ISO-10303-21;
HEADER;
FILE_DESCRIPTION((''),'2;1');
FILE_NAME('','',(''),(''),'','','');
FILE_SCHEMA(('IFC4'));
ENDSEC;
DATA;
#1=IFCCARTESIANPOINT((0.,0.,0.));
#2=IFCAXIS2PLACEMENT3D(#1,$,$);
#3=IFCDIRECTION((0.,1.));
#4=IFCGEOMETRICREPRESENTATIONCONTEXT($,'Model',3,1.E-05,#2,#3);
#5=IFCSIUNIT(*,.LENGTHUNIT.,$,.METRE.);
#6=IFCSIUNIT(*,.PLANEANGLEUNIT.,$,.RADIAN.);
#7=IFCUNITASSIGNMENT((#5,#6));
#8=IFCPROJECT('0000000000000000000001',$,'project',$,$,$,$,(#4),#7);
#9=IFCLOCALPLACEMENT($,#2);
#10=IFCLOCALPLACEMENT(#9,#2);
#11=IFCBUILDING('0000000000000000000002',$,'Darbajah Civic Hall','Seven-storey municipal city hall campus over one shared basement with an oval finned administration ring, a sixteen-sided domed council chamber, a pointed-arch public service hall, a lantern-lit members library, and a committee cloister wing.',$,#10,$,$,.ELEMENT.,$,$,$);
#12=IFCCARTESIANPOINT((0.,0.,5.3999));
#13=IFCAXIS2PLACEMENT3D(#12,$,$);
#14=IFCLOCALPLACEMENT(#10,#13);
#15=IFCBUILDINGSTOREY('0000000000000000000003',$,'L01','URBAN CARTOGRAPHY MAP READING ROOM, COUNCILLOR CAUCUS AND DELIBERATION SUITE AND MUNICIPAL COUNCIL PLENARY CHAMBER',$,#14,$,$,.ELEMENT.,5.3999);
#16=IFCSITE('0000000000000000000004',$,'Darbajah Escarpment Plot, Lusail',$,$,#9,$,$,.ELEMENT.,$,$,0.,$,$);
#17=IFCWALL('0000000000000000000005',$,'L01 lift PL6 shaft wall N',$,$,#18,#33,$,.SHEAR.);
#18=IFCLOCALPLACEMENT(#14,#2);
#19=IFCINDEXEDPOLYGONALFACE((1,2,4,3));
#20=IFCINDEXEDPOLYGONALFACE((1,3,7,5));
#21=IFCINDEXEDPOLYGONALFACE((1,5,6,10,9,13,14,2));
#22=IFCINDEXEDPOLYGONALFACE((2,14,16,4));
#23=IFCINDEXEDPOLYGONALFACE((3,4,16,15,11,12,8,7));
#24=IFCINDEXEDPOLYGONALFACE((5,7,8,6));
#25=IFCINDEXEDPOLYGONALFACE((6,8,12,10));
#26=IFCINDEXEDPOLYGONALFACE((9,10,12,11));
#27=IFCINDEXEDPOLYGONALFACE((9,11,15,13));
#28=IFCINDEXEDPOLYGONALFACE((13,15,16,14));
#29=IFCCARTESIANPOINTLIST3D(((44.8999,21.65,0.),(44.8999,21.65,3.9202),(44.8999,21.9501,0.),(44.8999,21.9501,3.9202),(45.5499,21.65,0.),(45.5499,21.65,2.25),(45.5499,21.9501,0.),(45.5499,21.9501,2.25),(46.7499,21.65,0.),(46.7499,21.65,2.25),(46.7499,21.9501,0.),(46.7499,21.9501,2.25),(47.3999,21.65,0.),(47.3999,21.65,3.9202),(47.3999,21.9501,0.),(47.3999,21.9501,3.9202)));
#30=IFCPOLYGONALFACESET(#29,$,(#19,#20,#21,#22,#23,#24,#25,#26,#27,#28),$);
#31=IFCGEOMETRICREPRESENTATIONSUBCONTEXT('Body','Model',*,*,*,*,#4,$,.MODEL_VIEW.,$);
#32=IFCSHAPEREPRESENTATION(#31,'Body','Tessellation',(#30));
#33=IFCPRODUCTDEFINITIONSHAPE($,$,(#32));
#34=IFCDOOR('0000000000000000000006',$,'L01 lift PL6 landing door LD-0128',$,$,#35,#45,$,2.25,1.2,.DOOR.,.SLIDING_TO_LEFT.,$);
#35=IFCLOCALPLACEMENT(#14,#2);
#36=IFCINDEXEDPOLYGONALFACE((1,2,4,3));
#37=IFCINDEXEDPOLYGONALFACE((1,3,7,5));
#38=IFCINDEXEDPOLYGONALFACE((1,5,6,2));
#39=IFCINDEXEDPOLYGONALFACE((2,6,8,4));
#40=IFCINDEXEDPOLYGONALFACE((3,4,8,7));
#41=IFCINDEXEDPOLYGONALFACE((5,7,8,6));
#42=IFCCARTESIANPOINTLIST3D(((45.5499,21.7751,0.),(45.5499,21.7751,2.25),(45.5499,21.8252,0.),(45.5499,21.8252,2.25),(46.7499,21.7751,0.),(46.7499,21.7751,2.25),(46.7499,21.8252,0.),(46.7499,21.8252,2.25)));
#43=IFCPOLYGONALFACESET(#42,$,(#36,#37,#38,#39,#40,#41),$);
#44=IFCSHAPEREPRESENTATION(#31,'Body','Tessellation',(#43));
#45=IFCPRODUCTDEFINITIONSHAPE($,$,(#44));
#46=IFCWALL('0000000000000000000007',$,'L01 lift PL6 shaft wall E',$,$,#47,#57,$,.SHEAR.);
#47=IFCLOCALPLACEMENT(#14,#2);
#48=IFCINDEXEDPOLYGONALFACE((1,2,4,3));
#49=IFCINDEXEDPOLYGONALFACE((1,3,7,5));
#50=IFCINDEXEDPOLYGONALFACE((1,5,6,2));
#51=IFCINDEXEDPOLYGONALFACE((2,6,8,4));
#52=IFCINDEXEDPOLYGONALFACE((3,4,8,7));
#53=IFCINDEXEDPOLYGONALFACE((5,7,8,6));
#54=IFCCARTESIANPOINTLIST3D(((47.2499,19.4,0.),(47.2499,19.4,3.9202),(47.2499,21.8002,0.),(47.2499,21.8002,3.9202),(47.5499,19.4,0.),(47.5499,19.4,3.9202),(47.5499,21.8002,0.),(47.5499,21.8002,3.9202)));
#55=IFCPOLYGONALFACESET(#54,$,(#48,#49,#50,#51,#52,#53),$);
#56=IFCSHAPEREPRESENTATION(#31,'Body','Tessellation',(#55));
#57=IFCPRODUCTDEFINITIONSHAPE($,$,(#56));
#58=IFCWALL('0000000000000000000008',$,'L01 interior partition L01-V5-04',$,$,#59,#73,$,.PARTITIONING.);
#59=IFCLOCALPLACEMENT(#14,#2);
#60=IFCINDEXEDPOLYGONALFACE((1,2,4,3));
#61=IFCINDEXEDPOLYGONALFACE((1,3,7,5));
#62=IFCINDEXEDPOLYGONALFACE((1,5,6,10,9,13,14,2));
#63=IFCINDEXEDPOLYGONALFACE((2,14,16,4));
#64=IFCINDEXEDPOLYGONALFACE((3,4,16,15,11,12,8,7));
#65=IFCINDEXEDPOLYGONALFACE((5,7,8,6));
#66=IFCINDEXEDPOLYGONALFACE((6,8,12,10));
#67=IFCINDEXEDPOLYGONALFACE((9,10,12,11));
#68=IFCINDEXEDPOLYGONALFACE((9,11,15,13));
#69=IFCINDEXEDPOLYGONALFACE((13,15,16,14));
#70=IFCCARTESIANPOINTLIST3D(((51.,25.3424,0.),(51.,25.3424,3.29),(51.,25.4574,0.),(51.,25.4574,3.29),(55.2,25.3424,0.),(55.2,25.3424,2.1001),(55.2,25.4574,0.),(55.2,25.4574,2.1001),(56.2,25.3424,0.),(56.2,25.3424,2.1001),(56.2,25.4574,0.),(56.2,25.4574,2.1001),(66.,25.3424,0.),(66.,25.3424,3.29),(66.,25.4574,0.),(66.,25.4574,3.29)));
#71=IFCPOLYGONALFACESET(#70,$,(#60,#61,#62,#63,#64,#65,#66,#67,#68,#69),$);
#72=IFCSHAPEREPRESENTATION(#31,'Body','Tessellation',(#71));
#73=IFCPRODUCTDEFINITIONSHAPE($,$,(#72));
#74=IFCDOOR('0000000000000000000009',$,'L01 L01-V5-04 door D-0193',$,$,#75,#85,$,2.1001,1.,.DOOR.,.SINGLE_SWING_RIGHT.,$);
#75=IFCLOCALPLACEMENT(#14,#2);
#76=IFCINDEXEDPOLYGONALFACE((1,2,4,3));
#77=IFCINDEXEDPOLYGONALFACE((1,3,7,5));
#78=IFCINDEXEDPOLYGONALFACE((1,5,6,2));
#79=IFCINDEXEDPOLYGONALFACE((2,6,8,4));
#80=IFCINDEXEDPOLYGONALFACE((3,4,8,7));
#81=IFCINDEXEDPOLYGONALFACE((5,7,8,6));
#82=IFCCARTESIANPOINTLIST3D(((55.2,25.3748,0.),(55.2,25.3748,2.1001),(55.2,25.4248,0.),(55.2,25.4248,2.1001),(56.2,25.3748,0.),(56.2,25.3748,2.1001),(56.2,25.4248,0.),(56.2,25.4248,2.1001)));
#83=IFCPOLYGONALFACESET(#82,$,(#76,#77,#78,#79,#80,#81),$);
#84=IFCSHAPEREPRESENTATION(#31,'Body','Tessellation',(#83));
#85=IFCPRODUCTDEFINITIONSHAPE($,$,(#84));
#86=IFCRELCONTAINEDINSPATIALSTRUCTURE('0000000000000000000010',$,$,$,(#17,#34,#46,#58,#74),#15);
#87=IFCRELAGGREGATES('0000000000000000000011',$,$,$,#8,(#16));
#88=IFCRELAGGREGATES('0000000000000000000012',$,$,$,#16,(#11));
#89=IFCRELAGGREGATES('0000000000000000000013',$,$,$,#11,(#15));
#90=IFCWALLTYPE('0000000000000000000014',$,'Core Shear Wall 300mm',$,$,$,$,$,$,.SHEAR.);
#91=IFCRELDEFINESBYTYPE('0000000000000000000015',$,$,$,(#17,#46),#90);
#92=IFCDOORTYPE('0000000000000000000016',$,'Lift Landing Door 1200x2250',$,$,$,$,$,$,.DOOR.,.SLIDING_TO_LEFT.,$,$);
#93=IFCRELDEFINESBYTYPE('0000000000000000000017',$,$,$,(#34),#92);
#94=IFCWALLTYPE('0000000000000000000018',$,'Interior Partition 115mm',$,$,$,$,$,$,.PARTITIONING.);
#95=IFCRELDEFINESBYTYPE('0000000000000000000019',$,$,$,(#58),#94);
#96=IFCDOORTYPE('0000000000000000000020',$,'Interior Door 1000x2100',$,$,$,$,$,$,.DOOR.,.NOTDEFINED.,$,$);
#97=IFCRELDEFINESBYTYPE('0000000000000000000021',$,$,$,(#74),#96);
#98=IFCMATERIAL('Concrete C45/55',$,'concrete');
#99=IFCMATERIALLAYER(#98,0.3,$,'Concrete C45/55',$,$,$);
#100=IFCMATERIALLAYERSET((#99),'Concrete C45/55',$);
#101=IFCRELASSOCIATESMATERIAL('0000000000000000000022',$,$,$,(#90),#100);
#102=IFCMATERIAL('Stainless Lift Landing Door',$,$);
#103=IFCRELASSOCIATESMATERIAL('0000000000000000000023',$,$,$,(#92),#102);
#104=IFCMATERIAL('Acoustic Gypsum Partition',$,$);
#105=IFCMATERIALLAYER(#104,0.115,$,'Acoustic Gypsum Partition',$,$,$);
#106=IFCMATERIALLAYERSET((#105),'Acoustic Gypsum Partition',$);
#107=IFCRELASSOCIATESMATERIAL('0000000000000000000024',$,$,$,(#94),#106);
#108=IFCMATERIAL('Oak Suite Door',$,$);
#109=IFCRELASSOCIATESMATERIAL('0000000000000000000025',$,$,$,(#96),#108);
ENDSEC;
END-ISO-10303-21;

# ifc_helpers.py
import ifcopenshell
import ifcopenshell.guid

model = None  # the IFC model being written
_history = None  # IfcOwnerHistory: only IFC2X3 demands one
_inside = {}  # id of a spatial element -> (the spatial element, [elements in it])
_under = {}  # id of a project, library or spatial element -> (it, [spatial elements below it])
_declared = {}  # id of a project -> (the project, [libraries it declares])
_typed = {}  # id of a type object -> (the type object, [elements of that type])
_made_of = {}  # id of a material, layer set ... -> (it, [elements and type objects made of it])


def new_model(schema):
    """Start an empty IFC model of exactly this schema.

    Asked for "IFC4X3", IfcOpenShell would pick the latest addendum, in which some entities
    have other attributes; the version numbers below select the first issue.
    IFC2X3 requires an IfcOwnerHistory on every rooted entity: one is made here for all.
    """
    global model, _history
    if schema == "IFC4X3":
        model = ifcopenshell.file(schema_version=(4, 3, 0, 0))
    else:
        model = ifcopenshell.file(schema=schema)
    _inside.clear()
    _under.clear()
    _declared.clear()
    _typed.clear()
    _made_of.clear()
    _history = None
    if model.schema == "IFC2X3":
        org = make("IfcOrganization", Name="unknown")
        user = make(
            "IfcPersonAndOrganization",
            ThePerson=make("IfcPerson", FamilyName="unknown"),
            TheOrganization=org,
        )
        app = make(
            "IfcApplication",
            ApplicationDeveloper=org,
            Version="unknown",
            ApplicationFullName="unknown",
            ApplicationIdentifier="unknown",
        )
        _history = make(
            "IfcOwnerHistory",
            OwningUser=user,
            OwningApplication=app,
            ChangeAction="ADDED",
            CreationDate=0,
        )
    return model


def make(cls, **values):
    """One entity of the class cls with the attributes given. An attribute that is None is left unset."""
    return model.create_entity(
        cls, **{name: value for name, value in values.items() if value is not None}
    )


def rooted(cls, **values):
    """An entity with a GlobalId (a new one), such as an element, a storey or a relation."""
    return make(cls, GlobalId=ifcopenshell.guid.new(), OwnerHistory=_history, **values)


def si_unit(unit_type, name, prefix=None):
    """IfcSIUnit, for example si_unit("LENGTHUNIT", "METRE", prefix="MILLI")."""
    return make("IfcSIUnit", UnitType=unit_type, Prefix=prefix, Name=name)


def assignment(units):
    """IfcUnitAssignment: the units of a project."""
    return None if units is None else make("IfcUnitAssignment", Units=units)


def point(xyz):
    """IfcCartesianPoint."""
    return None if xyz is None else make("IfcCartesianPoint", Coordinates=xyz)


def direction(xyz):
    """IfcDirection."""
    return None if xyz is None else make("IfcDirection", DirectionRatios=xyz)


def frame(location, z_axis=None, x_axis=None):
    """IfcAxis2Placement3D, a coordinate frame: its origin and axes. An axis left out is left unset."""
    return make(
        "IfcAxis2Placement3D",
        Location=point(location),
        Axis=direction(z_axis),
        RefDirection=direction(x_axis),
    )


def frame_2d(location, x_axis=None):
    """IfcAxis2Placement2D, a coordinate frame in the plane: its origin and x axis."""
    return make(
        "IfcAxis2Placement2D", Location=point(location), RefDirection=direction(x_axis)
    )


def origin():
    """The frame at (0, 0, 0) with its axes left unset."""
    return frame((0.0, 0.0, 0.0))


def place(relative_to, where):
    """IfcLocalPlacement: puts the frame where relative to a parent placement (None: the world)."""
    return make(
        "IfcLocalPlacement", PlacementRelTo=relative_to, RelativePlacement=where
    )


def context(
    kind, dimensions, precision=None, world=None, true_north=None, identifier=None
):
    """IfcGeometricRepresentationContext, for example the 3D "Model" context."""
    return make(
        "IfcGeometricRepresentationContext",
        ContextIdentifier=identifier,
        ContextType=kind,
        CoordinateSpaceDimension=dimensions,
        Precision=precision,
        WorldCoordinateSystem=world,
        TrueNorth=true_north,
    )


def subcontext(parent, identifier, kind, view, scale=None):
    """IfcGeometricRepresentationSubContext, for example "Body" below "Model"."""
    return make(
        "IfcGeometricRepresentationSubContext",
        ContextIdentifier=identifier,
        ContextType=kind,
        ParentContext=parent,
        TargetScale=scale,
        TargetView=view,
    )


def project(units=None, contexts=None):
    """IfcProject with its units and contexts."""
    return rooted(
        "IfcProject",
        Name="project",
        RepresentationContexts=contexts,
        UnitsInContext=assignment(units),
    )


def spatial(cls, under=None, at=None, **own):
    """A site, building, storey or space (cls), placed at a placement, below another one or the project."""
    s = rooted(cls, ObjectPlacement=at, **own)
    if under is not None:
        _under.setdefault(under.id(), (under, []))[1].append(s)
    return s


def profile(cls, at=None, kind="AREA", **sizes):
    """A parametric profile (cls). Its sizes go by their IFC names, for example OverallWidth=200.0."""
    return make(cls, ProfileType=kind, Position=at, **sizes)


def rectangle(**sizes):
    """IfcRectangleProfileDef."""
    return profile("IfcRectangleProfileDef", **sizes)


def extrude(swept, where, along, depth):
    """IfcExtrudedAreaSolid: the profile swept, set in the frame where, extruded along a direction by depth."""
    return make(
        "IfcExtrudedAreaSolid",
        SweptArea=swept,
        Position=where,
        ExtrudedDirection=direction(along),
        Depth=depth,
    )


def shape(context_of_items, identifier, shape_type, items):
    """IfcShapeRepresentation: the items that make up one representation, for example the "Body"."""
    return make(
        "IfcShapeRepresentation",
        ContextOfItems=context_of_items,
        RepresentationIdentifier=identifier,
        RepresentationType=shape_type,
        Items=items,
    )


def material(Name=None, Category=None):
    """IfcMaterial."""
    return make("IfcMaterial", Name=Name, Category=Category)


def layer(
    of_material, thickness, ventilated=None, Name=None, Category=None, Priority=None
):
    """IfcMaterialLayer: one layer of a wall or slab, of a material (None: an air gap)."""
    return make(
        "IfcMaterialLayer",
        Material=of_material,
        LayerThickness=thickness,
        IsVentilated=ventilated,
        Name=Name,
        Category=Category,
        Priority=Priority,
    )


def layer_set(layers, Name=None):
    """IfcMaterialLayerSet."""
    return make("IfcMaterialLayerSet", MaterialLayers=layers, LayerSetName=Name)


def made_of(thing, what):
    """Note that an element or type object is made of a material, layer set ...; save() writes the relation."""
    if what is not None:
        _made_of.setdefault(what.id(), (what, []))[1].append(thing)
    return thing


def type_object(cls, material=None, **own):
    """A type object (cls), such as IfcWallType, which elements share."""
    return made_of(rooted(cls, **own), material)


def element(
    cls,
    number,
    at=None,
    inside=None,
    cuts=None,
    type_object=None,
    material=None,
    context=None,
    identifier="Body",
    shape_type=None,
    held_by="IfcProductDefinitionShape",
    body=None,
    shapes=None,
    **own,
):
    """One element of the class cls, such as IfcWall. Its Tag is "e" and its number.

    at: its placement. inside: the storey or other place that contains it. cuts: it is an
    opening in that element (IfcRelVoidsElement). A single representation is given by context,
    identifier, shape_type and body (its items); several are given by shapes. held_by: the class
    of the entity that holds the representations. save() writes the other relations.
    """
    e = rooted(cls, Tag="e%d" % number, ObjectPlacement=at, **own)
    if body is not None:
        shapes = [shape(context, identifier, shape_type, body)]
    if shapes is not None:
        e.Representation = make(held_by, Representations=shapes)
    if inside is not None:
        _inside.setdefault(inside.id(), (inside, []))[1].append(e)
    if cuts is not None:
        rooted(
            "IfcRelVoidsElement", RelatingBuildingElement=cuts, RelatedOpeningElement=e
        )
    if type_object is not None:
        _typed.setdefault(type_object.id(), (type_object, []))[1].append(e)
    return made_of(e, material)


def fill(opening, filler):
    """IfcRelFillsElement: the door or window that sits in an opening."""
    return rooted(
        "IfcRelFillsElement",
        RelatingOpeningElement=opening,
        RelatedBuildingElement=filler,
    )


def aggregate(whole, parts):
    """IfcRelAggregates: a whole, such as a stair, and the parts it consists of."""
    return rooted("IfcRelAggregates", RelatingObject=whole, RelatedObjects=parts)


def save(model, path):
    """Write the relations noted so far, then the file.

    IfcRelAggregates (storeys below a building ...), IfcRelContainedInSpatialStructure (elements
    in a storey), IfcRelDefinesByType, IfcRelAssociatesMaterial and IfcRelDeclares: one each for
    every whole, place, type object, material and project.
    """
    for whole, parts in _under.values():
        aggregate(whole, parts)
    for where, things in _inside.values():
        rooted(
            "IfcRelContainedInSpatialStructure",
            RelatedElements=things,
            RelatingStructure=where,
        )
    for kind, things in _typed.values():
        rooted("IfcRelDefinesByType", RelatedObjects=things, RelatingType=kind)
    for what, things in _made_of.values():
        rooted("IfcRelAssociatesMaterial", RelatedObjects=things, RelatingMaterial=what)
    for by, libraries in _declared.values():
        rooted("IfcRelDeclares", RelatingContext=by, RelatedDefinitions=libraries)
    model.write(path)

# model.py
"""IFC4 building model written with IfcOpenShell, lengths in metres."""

from ifc_helpers import new_model, si_unit, direction, frame, frame_2d, origin, place, context, subcontext, project, spatial, rectangle, extrude, material, layer, layer_set, type_object, element, fill, save


model = new_model("IFC4")

# Units and contexts
model_context = context("Model", 3, precision=1e-05, world=origin(), true_north=direction((0.0, 1.0)))
body_context = subcontext(model_context, "Body", "Model", "MODEL_VIEW")
ifc_project = project(units=[si_unit("LENGTHUNIT", "METRE"), si_unit("PLANEANGLEUNIT", "RADIAN")], contexts=[model_context])

# Site, building, storey
site_placement = place(None, origin())
site = spatial("IfcSite", under=ifc_project, at=site_placement, Name="Darbajah Escarpment Plot, Lusail", CompositionType="ELEMENT", RefElevation=0.0)
building_placement = place(site_placement, origin())
building = spatial("IfcBuilding", under=site, at=building_placement, Name="Darbajah Civic Hall", Description="Seven-storey municipal city hall campus over one shared basement with an oval finned administration ring, a sixteen-sided domed council chamber, a pointed-arch public service hall, a lantern-lit members library, and a committee cloister wing.", CompositionType="ELEMENT")
storey_placement = place(building_placement, frame((0.0, 0.0, 5.3999)))
storey = spatial("IfcBuildingStorey", under=building, at=storey_placement, Name="L01", Description="URBAN CARTOGRAPHY MAP READING ROOM, COUNCILLOR CAUCUS AND DELIBERATION SUITE AND MUNICIPAL COUNCIL PLENARY CHAMBER", CompositionType="ELEMENT", Elevation=5.3999)

# Shared definitions
ifc_material_1 = material(Name="Concrete C45/55", Category="concrete")

# Wall, opening, door
ifc_layer_1 = layer(ifc_material_1, 0.3, Name="Concrete C45/55")
ifc_layer_set_1 = layer_set([ifc_layer_1], Name="Concrete C45/55")
wall_type_1 = type_object("IfcWallType", Name="Core Shear Wall 300mm", PredefinedType="SHEAR", material=ifc_layer_set_1)
wall_1_placement = place(storey_placement, frame((47.3999, 21.8, 0.0), z_axis=(0.0, 0.0, 1.0), x_axis=(-1.0, 0.0, 0.0)))
wall_1 = element("IfcWall", 1, at=wall_1_placement, inside=storey, type_object=wall_type_1, Name="L01 lift PL6 shaft wall N", PredefinedType="SHEAR", context=body_context, shape_type="SweptSolid", body=[
    extrude(rectangle(XDim=2.5, YDim=0.3, at=frame_2d((1.25, 0.0))), origin(), (0.0, 0.0, 1.0), 3.9202),
])
opening_1_placement = place(wall_1_placement, frame((0.6499, 0.0, 0.0)))
opening_1 = element("IfcOpeningElement", 2, at=opening_1_placement, cuts=wall_1, PredefinedType="OPENING", context=body_context, shape_type="SweptSolid", body=[
    extrude(rectangle(XDim=1.2, YDim=2.25, at=frame_2d((0.6001, 1.125))), frame((0.0, 0.1599, 0.0), z_axis=(0.0, -1.0, 0.0), x_axis=(1.0, 0.0, 0.0)), (0.0, 0.0, 1.0), 0.3201),
])
ifc_material_2 = material(Name="Stainless Lift Landing Door")
door_type_1 = type_object("IfcDoorType", Name="Lift Landing Door 1200x2250", OperationType="SLIDING_TO_LEFT", PredefinedType="DOOR", material=ifc_material_2)
door_1_placement = place(opening_1_placement, origin())
door_1 = element("IfcDoor", 3, at=door_1_placement, inside=storey, type_object=door_type_1, Name="L01 lift PL6 landing door LD-0128", OperationType="SLIDING_TO_LEFT", OverallHeight=2.25, OverallWidth=1.2, PredefinedType="DOOR", context=body_context, shape_type="SweptSolid", body=[
    extrude(rectangle(XDim=1.2, YDim=2.25, at=frame_2d((0.6001, 1.125))), frame((0.0, 0.0249, 0.0), z_axis=(0.0, -1.0, 0.0), x_axis=(1.0, 0.0, 0.0)), (0.0, 0.0, 1.0), 0.05),
])
fill(opening_1, door_1)

# Wall
wall_2_placement = place(storey_placement, frame((47.3999, 19.3999, 0.0), z_axis=(0.0, 0.0, 1.0), x_axis=(0.0, 1.0, 0.0)))
element("IfcWall", 4, at=wall_2_placement, inside=storey, type_object=wall_type_1, Name="L01 lift PL6 shaft wall E", PredefinedType="SHEAR", context=body_context, shape_type="SweptSolid", body=[
    extrude(rectangle(XDim=2.4001, YDim=0.3, at=frame_2d((1.2002, 0.0))), origin(), (0.0, 0.0, 1.0), 3.9202),
])

# Wall, opening, door
ifc_material_3 = material(Name="Acoustic Gypsum Partition")
ifc_layer_2 = layer(ifc_material_3, 0.115, Name="Acoustic Gypsum Partition")
ifc_layer_set_2 = layer_set([ifc_layer_2], Name="Acoustic Gypsum Partition")
wall_type_2 = type_object("IfcWallType", Name="Interior Partition 115mm", PredefinedType="PARTITIONING", material=ifc_layer_set_2)
wall_3_placement = place(storey_placement, frame((51.0, 25.3999, 0.0), z_axis=(0.0, 0.0, 1.0), x_axis=(1.0, 0.0, 0.0)))
wall_3 = element("IfcWall", 5, at=wall_3_placement, inside=storey, type_object=wall_type_2, Name="L01 interior partition L01-V5-04", PredefinedType="PARTITIONING", context=body_context, shape_type="SweptSolid", body=[
    extrude(rectangle(XDim=15.0, YDim=0.115, at=frame_2d((7.5, 0.0))), origin(), (0.0, 0.0, 1.0), 3.29),
])
opening_2_placement = place(wall_3_placement, frame((4.2, 0.0, 0.0)))
opening_2 = element("IfcOpeningElement", 6, at=opening_2_placement, cuts=wall_3, PredefinedType="OPENING", context=body_context, shape_type="SweptSolid", body=[
    extrude(rectangle(XDim=1.0, YDim=2.1001, at=frame_2d((0.5, 1.05))), frame((0.0, 0.0674, 0.0), z_axis=(0.0, -1.0, 0.0), x_axis=(1.0, 0.0, 0.0)), (0.0, 0.0, 1.0), 0.135),
])
ifc_material_4 = material(Name="Oak Suite Door")
door_type_2 = type_object("IfcDoorType", Name="Interior Door 1000x2100", OperationType="NOTDEFINED", PredefinedType="DOOR", material=ifc_material_4)
door_2_placement = place(opening_2_placement, origin())
door_2 = element("IfcDoor", 7, at=door_2_placement, inside=storey, type_object=door_type_2, Name="L01 L01-V5-04 door D-0193", OperationType="SINGLE_SWING_RIGHT", OverallHeight=2.1001, OverallWidth=1.0, PredefinedType="DOOR", context=body_context, shape_type="SweptSolid", body=[
    extrude(rectangle(XDim=1.0, YDim=2.1001, at=frame_2d((0.5, 1.05))), frame((0.0, 0.0249, 0.0), z_axis=(0.0, -1.0, 0.0), x_axis=(1.0, 0.0, 0.0)), (0.0, 0.0, 1.0), 0.05),
])
fill(opening_2, door_2)

save(model, "model.ifc")
